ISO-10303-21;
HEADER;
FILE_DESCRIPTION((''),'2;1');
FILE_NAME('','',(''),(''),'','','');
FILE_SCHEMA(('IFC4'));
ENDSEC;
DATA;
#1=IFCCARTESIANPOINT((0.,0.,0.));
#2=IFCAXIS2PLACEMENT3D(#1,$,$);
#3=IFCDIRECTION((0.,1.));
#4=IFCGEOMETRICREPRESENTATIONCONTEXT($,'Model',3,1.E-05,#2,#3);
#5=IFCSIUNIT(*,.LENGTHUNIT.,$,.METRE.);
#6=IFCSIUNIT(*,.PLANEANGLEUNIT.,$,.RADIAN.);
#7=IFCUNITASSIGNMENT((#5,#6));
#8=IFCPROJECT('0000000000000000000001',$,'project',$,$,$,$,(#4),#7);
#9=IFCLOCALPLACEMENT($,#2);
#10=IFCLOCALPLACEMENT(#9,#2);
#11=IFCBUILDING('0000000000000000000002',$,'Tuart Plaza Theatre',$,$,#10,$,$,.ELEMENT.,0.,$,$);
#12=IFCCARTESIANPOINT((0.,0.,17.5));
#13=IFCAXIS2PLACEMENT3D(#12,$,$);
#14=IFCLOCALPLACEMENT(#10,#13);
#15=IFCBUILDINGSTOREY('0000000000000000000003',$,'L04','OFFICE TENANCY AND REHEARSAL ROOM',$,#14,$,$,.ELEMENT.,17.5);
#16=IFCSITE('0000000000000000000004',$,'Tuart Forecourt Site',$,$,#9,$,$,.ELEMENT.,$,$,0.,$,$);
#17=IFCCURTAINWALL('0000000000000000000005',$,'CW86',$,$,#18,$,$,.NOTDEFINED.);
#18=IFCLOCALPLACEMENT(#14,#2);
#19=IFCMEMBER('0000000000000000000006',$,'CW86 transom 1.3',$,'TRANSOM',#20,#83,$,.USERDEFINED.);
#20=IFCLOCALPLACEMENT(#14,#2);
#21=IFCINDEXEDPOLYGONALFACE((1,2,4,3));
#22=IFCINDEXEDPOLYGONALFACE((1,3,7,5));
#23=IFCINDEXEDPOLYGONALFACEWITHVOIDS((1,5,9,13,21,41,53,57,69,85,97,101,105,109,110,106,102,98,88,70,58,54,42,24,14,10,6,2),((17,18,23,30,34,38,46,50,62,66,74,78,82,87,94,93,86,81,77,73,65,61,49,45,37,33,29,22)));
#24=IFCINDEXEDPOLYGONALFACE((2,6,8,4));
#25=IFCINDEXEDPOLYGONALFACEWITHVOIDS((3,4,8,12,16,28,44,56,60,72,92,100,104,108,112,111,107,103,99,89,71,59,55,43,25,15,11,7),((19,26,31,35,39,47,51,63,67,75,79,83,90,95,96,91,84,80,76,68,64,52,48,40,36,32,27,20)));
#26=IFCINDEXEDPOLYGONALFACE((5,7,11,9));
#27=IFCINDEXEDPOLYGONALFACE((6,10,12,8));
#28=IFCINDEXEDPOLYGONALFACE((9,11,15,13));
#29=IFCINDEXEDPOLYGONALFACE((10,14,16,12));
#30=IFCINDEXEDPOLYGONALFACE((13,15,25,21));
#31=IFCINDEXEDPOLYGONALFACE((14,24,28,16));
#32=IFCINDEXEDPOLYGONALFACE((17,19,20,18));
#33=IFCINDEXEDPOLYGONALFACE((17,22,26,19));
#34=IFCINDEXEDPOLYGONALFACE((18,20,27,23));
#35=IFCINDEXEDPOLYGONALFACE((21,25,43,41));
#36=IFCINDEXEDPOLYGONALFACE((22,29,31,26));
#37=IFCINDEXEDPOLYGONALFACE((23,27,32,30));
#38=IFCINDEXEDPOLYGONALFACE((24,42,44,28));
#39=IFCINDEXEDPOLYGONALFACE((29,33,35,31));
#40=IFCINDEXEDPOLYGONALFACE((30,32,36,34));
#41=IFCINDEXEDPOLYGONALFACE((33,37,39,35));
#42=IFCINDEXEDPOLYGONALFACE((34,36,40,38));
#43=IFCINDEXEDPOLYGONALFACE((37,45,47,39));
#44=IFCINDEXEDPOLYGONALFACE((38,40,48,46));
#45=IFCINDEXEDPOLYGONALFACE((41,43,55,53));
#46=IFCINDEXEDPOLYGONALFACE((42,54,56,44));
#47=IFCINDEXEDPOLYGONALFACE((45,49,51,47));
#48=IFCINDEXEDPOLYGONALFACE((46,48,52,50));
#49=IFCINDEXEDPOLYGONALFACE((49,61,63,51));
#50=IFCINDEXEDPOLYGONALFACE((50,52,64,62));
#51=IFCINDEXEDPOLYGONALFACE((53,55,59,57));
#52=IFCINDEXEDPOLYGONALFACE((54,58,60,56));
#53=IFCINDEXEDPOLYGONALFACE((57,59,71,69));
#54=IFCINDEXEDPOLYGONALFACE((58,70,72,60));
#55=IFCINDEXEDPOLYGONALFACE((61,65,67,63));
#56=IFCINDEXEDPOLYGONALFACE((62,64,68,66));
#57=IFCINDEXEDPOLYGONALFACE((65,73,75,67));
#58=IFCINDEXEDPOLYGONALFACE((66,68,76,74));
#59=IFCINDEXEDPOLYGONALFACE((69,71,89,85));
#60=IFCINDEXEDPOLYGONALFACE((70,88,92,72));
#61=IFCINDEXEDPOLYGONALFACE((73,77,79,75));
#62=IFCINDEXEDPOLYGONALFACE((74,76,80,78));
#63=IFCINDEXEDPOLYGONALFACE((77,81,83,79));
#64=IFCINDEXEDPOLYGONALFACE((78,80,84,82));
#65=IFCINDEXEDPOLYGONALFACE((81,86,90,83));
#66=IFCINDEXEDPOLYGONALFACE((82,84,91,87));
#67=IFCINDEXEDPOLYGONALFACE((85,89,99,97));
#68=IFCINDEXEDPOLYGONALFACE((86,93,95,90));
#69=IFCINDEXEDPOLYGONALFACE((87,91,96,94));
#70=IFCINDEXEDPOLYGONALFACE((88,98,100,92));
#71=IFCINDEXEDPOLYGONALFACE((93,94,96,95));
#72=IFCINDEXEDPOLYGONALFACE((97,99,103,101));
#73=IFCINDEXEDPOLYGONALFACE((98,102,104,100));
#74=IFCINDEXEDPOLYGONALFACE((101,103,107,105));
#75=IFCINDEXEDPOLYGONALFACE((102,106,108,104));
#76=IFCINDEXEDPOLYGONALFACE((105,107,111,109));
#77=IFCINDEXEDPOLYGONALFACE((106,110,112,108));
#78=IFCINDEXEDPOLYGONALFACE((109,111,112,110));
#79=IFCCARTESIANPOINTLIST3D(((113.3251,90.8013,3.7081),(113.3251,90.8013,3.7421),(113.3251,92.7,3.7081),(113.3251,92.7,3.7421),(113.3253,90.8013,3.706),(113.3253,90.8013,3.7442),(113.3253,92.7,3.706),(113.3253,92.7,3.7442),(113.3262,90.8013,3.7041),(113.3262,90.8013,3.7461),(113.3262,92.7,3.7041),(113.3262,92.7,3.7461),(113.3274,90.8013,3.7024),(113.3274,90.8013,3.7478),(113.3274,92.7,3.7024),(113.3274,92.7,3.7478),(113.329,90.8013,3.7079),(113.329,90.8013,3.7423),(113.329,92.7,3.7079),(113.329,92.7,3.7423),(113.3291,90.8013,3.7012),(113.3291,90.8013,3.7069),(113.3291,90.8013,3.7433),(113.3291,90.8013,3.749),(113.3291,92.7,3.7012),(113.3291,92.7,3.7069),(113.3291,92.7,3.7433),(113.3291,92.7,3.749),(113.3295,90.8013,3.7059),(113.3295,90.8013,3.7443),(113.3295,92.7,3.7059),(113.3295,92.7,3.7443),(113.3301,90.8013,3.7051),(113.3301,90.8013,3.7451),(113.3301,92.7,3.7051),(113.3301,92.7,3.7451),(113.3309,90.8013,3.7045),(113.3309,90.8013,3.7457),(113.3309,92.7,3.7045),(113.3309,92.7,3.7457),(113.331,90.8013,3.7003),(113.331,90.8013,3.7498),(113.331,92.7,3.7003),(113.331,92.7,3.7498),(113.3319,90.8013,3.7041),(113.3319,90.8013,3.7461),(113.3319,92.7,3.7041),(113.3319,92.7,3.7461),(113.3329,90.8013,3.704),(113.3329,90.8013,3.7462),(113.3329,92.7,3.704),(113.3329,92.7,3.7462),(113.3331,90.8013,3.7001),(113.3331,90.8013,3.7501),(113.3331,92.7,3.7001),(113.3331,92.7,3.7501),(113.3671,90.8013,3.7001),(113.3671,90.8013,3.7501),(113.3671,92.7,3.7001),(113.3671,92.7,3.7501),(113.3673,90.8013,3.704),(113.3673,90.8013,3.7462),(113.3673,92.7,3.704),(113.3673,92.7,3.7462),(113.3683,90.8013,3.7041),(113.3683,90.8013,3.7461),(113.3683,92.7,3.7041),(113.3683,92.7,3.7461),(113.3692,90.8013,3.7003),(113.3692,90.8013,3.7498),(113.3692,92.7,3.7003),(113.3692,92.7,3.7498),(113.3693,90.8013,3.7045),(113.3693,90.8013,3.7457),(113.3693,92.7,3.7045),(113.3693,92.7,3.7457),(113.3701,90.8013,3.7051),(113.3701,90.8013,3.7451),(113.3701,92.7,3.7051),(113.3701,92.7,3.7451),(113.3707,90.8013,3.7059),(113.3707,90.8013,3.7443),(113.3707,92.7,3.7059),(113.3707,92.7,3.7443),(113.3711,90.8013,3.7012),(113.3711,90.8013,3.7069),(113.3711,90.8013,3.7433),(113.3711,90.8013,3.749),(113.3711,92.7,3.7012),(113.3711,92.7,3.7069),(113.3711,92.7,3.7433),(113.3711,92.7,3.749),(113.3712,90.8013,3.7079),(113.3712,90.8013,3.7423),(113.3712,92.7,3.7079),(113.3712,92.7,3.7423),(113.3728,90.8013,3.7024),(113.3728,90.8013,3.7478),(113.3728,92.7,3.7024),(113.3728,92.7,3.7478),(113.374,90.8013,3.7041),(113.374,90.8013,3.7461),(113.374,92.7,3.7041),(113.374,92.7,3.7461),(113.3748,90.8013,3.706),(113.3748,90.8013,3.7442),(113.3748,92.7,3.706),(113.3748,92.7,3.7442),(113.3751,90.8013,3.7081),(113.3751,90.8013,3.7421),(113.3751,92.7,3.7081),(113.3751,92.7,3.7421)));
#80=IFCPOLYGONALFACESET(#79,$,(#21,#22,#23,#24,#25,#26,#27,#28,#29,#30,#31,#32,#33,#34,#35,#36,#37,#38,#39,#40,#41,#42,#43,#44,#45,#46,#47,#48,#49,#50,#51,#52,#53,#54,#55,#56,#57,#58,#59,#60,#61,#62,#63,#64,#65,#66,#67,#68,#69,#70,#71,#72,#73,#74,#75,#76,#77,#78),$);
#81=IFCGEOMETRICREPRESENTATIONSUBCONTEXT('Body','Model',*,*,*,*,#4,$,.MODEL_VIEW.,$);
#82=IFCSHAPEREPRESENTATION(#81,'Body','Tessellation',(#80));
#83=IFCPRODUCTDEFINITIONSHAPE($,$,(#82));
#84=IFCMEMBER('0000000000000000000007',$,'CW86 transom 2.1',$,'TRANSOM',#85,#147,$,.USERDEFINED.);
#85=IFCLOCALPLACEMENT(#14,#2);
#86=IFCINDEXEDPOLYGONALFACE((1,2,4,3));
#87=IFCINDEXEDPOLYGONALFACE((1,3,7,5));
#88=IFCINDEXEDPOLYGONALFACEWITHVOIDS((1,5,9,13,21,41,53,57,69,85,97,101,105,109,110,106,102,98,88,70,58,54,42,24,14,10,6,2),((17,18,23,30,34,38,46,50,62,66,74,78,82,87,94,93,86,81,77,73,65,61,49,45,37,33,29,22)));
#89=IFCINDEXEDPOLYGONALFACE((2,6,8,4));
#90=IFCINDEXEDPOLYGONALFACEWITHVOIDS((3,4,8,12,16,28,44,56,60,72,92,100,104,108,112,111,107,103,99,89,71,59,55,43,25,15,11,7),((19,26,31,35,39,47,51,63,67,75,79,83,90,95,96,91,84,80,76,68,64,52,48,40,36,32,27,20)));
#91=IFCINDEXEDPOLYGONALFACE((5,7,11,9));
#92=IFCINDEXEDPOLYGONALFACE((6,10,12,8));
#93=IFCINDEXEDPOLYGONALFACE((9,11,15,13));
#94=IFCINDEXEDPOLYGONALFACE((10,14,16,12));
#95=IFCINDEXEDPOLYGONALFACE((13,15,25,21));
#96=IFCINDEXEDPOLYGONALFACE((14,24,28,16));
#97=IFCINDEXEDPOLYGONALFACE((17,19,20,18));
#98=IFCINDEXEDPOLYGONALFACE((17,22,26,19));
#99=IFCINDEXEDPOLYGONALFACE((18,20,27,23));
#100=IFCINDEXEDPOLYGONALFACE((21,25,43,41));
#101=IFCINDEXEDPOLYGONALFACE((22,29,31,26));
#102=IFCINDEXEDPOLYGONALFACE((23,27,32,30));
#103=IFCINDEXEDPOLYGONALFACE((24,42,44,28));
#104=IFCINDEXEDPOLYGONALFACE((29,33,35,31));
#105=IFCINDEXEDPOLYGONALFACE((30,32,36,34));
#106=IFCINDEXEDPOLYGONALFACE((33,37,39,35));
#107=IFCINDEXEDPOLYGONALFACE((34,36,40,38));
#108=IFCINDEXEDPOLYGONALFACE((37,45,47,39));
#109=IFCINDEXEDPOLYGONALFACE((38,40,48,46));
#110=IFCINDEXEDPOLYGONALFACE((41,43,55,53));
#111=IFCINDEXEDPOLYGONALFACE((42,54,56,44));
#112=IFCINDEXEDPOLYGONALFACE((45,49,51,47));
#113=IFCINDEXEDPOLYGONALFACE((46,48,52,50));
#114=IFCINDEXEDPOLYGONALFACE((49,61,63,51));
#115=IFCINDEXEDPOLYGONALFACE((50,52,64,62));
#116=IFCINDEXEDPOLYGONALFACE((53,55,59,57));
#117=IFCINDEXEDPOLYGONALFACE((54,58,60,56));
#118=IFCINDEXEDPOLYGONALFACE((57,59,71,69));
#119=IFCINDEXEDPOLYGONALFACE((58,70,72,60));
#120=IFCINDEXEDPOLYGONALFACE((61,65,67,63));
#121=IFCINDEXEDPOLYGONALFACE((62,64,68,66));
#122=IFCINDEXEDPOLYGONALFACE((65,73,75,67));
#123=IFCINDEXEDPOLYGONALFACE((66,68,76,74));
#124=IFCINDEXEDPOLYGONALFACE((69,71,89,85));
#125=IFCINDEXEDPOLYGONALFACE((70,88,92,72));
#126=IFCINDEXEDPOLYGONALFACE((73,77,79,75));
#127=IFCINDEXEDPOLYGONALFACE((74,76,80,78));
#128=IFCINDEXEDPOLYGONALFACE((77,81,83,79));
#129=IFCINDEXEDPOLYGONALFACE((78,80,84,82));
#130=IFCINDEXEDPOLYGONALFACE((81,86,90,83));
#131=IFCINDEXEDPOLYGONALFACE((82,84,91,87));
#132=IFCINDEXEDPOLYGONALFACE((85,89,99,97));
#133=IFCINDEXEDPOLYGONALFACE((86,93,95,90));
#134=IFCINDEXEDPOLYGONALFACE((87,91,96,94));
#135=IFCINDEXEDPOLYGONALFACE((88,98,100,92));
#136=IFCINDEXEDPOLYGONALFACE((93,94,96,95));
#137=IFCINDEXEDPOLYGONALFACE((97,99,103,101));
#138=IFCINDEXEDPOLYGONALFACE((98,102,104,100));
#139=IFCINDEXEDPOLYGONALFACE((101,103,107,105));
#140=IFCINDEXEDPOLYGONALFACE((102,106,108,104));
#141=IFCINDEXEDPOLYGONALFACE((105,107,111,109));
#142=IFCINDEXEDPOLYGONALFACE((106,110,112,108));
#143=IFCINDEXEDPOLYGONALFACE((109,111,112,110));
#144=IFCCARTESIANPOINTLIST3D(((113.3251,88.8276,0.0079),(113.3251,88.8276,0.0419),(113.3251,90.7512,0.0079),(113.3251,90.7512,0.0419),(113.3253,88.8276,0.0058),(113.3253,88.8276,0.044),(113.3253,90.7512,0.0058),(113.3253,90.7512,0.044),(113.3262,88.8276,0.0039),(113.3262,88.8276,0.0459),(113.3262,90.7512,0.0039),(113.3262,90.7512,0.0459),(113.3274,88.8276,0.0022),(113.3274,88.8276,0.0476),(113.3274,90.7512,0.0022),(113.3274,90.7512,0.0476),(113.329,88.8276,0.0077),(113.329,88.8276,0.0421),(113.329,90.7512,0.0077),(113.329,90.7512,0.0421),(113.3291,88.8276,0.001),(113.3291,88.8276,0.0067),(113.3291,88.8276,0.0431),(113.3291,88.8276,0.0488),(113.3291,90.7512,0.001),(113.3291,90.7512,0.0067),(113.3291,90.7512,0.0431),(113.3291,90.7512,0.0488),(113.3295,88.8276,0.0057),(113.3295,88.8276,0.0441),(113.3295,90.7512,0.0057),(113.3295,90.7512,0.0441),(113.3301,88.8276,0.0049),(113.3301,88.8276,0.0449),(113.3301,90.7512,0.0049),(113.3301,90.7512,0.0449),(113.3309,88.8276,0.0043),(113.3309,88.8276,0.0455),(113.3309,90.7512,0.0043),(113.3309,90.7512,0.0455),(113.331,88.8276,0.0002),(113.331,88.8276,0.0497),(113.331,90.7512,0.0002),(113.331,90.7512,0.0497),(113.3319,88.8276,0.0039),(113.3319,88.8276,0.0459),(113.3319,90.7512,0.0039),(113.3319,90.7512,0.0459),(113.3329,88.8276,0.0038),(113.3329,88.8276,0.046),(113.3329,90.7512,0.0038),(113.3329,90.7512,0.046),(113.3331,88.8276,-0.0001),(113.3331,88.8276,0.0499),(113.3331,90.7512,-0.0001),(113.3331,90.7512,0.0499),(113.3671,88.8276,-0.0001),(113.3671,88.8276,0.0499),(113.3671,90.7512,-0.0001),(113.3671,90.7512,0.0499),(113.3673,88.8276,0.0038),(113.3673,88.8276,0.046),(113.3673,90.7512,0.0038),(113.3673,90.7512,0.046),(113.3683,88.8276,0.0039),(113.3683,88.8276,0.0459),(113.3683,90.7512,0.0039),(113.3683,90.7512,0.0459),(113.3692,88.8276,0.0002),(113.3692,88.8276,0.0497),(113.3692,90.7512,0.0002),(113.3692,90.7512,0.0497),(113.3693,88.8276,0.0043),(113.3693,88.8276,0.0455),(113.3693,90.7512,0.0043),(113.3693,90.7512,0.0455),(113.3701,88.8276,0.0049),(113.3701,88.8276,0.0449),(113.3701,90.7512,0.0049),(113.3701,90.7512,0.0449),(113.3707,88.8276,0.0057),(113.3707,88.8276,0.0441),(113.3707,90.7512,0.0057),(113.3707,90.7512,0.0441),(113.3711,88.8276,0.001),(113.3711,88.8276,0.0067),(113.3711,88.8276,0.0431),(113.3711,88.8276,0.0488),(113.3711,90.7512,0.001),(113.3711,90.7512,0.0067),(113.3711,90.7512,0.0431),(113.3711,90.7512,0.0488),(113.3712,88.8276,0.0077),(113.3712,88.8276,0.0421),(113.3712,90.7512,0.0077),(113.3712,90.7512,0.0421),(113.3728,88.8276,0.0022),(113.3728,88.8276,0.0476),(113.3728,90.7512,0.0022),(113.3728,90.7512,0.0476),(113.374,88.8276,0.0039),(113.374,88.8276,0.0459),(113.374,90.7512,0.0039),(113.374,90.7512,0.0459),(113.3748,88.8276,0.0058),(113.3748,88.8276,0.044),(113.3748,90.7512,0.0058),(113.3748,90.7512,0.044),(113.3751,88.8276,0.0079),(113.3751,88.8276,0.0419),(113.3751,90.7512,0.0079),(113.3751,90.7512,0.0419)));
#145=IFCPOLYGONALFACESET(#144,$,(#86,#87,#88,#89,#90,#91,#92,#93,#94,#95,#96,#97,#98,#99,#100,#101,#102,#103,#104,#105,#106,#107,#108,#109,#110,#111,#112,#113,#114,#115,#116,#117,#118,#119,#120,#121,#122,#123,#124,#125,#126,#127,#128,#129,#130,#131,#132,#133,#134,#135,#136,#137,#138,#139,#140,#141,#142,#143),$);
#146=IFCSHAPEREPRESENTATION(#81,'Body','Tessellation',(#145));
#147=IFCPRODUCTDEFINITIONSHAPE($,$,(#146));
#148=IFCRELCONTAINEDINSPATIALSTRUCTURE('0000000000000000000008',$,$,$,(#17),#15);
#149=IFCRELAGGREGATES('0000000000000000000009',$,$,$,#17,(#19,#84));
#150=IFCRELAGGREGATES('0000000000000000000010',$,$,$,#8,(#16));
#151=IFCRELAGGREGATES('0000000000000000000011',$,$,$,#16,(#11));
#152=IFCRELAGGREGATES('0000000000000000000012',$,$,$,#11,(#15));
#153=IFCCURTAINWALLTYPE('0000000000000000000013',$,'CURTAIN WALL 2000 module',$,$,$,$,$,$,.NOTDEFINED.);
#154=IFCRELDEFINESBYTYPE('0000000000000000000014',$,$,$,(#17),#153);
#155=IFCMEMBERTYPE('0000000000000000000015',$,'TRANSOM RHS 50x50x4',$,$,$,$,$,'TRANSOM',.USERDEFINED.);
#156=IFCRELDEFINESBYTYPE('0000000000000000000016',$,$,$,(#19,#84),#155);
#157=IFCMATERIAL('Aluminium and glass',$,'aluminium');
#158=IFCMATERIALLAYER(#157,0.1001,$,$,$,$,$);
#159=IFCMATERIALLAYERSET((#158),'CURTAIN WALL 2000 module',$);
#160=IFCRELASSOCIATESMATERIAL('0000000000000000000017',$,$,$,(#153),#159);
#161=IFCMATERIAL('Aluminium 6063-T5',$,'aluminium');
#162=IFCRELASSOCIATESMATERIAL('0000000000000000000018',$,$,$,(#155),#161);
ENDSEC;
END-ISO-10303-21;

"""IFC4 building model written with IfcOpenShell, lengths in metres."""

from ifc_helpers import new_model, si_unit, direction, frame, origin, origin_2d, place, context, subcontext, project, spatial, hollow_rectangle, extrude, material, layer, layer_set, material_profile, profile_set, type_object, element, aggregate, save


model = new_model("IFC4")

# Units and contexts
model_context = context("Model", 3, precision=1e-05, world=origin(), true_north=direction((0.0, 1.0)))
body_context = subcontext(model_context, "Body", "Model", "MODEL_VIEW")
ifc_project = project(units=[si_unit("LENGTHUNIT", "METRE"), si_unit("PLANEANGLEUNIT", "RADIAN")], contexts=[model_context])

# Site, building, storey
site_placement = place(None, origin())
site = spatial("IfcSite", under=ifc_project, at=site_placement, Name="Tuart Forecourt Site", CompositionType="ELEMENT", RefElevation=0.0)
building_placement = place(site_placement, origin())
building = spatial("IfcBuilding", under=site, at=building_placement, Name="Tuart Plaza Theatre", CompositionType="ELEMENT", ElevationOfRefHeight=0.0)
storey_placement = place(building_placement, frame((0.0, 0.0, 17.5)))
storey = spatial("IfcBuildingStorey", under=building, at=storey_placement, Name="L04", Description="OFFICE TENANCY AND REHEARSAL ROOM", CompositionType="ELEMENT", Elevation=17.5)

# Curtain wall, members
ifc_material_1 = material(Name="Aluminium and glass", Category="aluminium")
ifc_layer_1 = layer(ifc_material_1, 0.1001)
ifc_layer_set_1 = layer_set([ifc_layer_1], Name="CURTAIN WALL 2000 module")
curtain_wall_type = type_object("IfcCurtainWallType", Name="CURTAIN WALL 2000 module", PredefinedType="NOTDEFINED", material=ifc_layer_set_1)
curtain_wall_placement = place(storey_placement, origin())
curtain_wall = element("IfcCurtainWall", 1, at=curtain_wall_placement, inside=storey, type_object=curtain_wall_type, Name="CW86", PredefinedType="NOTDEFINED")
ifc_material_2 = material(Name="Aluminium 6063-T5", Category="aluminium")
ifc_material_profile_1 = material_profile(ifc_material_2, hollow_rectangle(XDim=0.05, YDim=0.05, WallThickness=0.0039, InnerFilletRadius=0.0039, OuterFilletRadius=0.0081, at=origin_2d()), Name="RHS 50x50x4")
ifc_profile_set_1 = profile_set([ifc_material_profile_1], Name="Aluminium 6063-T5")
member_type_1 = type_object("IfcMemberType", Name="TRANSOM RHS 50x50x4", ElementType="TRANSOM", PredefinedType="USERDEFINED", material=ifc_profile_set_1)
member_1_placement = place(storey_placement, frame((113.3501, 92.7, 3.7251), z_axis=(0.0, -1.0, 0.0), x_axis=(1.0, 0.0, 0.0)))
member_1 = element("IfcMember", 2, at=member_1_placement, type_object=member_type_1, Name="CW86 transom 1.3", ObjectType="TRANSOM", PredefinedType="USERDEFINED", context=body_context, shape_type="SweptSolid", body=[
    extrude(hollow_rectangle(XDim=0.05, YDim=0.05, WallThickness=0.0039, InnerFilletRadius=0.0039, OuterFilletRadius=0.0081, at=origin_2d()), origin(), (0.0, 0.0, 1.0), 1.8987),
])
member_2_placement = place(storey_placement, frame((113.3501, 90.7512, 0.0249), z_axis=(0.0, -1.0, 0.0), x_axis=(1.0, 0.0, 0.0)))
member_2 = element("IfcMember", 3, at=member_2_placement, type_object=member_type_1, Name="CW86 transom 2.1", ObjectType="TRANSOM", PredefinedType="USERDEFINED", context=body_context, shape_type="SweptSolid", body=[
    extrude(hollow_rectangle(XDim=0.05, YDim=0.05, WallThickness=0.0039, InnerFilletRadius=0.0039, OuterFilletRadius=0.0081, at=origin_2d()), origin(), (0.0, 0.0, 1.0), 1.9236),
])
aggregate(curtain_wall, [member_1, member_2])

save(model, "model.ifc")
